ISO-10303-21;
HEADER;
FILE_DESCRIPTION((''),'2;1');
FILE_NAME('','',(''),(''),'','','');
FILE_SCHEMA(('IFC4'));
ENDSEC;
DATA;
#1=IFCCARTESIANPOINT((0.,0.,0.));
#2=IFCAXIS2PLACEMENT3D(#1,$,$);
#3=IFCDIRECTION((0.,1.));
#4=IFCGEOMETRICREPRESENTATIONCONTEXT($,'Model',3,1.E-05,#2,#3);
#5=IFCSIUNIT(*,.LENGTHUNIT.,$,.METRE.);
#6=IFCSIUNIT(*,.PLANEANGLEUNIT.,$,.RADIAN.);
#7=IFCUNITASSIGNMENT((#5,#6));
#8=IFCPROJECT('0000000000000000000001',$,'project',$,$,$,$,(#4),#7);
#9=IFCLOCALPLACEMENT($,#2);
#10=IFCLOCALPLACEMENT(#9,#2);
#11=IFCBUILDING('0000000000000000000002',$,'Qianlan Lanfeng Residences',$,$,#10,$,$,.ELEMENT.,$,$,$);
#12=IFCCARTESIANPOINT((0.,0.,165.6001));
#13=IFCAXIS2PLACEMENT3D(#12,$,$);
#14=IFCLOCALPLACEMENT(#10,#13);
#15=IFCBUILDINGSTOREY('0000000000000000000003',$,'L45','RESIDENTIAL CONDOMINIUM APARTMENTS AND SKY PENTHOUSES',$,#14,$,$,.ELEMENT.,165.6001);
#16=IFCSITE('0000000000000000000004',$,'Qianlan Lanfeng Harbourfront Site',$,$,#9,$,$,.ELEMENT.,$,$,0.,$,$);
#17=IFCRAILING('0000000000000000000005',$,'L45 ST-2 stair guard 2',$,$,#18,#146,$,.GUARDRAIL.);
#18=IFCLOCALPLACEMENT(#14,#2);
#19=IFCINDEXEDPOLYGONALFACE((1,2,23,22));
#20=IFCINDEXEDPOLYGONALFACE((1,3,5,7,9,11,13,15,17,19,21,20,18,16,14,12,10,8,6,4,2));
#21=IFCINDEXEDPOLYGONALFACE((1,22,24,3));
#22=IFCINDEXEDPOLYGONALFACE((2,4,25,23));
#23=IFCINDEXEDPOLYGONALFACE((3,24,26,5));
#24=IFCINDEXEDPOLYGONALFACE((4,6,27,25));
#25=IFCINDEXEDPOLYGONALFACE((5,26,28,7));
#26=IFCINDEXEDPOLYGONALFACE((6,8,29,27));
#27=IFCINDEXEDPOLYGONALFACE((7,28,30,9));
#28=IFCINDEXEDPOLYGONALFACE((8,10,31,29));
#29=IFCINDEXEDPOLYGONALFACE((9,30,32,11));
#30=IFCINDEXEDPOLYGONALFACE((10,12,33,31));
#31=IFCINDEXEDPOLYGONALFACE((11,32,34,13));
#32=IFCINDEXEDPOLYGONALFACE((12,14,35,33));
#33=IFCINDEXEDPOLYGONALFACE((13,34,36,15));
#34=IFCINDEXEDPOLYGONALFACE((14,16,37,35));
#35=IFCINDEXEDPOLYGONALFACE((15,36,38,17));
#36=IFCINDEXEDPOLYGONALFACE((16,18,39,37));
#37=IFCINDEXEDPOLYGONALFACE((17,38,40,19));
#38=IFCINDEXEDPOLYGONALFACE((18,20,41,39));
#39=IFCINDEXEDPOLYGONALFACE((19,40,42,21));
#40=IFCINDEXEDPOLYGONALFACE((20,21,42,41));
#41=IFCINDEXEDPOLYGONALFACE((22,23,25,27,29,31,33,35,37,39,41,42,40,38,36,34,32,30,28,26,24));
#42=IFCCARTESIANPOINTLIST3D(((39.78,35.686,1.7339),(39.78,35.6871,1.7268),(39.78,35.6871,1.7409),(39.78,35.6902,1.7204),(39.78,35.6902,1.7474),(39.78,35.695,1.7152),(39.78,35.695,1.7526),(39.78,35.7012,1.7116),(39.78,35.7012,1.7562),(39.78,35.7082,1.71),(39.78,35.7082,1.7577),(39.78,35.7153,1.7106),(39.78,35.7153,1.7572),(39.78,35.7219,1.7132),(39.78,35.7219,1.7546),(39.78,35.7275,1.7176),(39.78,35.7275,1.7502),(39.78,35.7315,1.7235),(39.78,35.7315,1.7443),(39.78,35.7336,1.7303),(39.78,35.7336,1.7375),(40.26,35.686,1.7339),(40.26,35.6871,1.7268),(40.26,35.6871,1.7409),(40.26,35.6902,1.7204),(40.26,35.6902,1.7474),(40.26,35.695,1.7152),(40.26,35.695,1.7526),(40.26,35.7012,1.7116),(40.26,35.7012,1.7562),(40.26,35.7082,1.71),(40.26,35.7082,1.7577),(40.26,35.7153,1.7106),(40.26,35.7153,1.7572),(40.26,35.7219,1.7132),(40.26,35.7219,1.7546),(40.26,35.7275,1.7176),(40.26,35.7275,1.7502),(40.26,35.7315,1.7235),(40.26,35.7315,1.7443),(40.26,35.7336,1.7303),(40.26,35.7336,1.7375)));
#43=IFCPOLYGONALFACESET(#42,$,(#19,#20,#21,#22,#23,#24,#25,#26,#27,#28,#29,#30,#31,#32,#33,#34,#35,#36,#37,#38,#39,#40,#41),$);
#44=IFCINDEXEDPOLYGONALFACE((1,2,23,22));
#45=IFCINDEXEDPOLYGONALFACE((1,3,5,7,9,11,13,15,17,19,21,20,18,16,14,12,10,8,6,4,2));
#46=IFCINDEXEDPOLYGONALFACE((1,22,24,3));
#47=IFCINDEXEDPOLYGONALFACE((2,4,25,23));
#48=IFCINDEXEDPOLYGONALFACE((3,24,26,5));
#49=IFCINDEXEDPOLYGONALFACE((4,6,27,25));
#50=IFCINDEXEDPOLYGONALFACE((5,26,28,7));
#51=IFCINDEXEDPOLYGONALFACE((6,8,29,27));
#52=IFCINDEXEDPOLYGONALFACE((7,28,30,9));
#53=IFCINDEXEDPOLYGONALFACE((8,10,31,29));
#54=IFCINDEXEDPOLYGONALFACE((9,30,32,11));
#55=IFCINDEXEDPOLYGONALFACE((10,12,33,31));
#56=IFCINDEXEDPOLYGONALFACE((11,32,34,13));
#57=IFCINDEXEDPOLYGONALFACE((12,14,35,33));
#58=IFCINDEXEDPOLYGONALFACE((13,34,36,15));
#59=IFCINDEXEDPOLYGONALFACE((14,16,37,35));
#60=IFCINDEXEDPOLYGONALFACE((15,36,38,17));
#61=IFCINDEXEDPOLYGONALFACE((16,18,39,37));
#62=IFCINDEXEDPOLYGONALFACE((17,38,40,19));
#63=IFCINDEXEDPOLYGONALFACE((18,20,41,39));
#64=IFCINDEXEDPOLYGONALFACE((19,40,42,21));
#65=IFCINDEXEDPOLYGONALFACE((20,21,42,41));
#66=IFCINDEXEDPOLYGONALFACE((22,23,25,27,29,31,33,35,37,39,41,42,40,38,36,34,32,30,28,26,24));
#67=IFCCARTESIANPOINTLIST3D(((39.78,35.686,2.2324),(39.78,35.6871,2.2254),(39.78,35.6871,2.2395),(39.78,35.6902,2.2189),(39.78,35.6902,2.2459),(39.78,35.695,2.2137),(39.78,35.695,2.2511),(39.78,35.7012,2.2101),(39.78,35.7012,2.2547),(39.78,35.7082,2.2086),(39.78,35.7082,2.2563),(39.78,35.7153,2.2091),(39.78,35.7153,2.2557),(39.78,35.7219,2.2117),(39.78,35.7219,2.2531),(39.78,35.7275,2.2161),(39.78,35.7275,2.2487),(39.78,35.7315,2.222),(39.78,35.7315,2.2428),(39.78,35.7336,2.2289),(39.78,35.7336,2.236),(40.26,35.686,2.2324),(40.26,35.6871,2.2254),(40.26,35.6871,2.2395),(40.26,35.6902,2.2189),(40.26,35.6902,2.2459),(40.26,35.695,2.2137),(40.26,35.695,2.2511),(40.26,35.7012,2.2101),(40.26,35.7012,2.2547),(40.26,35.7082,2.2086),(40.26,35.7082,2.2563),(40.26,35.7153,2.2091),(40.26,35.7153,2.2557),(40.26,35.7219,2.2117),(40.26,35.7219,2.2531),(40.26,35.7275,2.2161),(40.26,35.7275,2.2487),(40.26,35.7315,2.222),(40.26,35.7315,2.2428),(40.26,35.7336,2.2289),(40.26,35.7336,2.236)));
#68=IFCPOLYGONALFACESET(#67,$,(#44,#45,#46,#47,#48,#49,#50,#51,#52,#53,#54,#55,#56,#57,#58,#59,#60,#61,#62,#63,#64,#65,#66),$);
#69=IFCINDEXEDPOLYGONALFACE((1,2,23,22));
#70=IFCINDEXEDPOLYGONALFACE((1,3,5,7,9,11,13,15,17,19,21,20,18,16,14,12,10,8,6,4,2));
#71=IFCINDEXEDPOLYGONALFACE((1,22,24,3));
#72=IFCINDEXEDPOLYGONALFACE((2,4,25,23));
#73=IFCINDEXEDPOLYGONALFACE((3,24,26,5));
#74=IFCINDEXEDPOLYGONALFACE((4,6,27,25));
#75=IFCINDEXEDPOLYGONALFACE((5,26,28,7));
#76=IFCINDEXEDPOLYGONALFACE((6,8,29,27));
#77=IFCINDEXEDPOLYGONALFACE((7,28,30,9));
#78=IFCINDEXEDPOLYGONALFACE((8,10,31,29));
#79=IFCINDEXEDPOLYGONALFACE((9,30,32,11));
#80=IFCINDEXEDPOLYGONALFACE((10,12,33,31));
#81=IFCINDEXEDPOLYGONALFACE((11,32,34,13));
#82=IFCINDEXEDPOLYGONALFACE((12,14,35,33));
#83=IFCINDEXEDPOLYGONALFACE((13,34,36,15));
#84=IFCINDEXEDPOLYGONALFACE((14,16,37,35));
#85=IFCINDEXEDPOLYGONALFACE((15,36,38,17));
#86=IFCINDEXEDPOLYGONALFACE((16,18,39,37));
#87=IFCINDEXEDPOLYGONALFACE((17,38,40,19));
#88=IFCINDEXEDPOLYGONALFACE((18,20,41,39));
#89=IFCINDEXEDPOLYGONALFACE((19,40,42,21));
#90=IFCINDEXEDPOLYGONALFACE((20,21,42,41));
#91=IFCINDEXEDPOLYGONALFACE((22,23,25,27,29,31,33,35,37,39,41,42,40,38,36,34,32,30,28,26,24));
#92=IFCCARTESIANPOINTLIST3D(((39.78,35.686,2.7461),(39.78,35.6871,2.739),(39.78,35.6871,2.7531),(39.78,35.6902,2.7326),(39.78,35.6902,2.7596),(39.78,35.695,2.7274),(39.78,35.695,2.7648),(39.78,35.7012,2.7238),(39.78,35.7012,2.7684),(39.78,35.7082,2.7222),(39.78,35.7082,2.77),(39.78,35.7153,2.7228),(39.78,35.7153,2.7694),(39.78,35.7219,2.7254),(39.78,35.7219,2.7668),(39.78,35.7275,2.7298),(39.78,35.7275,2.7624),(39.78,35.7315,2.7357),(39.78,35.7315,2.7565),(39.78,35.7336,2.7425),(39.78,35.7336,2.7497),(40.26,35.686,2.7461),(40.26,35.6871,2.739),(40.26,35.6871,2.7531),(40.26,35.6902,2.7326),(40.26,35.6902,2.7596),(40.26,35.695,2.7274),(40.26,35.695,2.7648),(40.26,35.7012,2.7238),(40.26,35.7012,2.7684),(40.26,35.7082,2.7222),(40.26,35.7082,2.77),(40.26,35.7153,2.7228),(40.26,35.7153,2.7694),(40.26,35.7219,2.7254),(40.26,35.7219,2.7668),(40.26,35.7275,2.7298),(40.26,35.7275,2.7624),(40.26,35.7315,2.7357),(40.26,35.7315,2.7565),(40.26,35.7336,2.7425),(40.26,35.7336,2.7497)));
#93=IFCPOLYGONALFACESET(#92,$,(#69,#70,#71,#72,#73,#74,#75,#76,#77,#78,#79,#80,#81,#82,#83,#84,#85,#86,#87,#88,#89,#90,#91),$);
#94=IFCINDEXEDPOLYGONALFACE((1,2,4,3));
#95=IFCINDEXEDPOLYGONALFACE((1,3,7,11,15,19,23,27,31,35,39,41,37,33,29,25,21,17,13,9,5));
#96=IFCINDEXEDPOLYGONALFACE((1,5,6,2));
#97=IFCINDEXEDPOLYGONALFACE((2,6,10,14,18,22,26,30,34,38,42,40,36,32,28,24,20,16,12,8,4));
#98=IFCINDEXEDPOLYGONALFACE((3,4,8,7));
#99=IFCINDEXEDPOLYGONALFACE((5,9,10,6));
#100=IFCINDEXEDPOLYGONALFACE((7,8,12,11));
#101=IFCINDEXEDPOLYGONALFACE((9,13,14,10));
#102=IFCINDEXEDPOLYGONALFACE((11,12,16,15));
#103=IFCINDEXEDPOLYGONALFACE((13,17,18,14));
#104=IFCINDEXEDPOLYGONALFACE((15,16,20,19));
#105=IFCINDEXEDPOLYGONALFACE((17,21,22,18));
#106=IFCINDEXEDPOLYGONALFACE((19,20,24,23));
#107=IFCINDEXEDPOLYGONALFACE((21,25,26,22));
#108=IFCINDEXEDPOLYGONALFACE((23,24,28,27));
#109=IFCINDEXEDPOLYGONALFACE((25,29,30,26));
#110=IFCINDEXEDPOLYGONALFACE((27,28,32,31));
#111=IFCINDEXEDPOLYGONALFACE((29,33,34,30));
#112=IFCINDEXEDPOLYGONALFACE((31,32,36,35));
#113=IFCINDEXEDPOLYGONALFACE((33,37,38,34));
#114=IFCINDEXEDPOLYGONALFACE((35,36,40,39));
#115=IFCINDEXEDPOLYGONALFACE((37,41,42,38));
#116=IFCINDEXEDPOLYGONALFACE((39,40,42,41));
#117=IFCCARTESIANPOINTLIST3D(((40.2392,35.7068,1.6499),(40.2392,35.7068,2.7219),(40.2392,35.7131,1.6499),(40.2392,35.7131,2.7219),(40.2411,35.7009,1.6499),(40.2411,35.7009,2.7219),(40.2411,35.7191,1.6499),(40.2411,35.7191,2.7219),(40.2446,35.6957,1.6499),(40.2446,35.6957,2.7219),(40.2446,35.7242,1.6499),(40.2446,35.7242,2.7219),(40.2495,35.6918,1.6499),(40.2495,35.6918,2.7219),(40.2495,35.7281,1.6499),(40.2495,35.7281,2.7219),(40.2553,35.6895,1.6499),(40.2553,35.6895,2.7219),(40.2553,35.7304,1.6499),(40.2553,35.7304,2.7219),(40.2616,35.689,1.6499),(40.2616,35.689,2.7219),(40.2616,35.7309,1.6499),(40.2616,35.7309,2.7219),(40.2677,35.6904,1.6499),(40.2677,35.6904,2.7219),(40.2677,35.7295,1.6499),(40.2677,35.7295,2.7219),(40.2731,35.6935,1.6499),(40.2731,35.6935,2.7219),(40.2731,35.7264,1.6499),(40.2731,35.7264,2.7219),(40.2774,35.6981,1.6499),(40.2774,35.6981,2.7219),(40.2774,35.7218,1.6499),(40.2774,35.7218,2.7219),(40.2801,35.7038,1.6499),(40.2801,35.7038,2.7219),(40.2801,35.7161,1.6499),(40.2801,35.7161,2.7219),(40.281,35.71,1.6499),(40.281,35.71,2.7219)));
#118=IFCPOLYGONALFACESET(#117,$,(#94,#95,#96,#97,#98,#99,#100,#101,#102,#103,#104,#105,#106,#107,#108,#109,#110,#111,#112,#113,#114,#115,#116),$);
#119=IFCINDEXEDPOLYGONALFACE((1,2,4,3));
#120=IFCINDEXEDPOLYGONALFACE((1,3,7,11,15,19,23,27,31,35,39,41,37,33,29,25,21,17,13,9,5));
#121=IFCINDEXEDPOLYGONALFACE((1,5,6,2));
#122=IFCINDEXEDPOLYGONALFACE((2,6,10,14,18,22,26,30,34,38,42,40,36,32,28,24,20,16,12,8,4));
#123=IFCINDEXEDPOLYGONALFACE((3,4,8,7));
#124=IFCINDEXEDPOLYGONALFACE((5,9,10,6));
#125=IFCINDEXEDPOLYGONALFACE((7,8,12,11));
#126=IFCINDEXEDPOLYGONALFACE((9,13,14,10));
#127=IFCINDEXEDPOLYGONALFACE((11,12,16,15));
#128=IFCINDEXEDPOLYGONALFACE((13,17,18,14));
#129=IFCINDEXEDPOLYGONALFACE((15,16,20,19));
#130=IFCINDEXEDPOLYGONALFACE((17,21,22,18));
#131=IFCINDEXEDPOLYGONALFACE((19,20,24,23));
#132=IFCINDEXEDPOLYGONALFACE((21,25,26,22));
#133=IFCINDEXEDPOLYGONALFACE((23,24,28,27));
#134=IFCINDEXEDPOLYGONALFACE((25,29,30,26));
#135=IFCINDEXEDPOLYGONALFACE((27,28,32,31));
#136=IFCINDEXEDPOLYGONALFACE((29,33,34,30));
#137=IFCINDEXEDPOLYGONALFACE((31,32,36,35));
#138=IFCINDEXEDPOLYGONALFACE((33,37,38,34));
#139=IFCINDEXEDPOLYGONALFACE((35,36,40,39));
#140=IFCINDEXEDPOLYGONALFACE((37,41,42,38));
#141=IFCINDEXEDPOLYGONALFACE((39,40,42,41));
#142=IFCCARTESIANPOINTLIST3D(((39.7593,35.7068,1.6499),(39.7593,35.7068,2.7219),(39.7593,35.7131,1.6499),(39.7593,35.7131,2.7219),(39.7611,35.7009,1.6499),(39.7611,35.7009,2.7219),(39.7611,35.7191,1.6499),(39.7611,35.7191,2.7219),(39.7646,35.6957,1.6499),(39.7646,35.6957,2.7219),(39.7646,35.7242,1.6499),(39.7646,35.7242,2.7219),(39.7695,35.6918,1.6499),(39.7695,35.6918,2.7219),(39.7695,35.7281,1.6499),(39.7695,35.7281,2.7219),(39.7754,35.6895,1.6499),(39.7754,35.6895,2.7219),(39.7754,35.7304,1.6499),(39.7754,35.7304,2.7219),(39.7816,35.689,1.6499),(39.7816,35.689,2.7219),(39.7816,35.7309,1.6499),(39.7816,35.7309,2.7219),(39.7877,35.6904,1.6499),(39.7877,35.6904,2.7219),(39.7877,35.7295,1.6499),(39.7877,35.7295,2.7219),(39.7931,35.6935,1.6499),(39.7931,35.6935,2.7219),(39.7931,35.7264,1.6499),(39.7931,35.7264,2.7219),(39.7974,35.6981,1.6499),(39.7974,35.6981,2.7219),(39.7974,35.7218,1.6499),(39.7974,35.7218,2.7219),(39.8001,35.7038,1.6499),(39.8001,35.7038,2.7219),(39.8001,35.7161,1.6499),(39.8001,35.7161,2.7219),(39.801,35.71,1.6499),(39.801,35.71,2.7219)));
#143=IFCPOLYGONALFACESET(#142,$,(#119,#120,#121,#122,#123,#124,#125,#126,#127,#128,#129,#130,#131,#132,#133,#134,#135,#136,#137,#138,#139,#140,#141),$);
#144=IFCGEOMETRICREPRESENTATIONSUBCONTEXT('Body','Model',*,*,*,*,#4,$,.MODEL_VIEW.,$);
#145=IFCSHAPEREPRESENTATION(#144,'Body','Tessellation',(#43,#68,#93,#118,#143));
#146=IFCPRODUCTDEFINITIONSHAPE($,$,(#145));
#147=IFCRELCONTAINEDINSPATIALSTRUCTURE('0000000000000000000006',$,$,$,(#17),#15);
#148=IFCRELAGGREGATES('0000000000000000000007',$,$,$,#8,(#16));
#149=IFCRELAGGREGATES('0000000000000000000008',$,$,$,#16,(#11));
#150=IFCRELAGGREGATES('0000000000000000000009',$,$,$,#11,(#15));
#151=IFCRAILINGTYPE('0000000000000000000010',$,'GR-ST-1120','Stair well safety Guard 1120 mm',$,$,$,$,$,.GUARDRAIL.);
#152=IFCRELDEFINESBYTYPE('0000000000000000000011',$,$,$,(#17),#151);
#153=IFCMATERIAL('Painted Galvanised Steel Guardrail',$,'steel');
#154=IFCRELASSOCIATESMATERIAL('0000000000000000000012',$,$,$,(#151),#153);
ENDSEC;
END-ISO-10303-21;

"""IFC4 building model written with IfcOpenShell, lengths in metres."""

from ifc_helpers import new_model, si_unit, direction, frame, origin, origin_2d, place, context, subcontext, project, spatial, circle, extrude, material, type_object, element, save


model = new_model("IFC4")

# Units and contexts
model_context = context("Model", 3, precision=1e-05, world=origin(), true_north=direction((0.0, 1.0)))
body_context = subcontext(model_context, "Body", "Model", "MODEL_VIEW")
ifc_project = project(units=[si_unit("LENGTHUNIT", "METRE"), si_unit("PLANEANGLEUNIT", "RADIAN")], contexts=[model_context])

# Site, building, storey
site_placement = place(None, origin())
site = spatial("IfcSite", under=ifc_project, at=site_placement, Name="Qianlan Lanfeng Harbourfront Site", CompositionType="ELEMENT", RefElevation=0.0)
building_placement = place(site_placement, origin())
building = spatial("IfcBuilding", under=site, at=building_placement, Name="Qianlan Lanfeng Residences", CompositionType="ELEMENT")
storey_placement = place(building_placement, frame((0.0, 0.0, 165.6001)))
storey = spatial("IfcBuildingStorey", under=building, at=storey_placement, Name="L45", Description="RESIDENTIAL CONDOMINIUM APARTMENTS AND SKY PENTHOUSES", CompositionType="ELEMENT", Elevation=165.6001)

# Railing
ifc_material_1 = material(Name="Painted Galvanised Steel Guardrail", Category="steel")
railing_type_1 = type_object("IfcRailingType", Name="GR-ST-1120", Description="Stair well safety Guard 1120 mm", PredefinedType="GUARDRAIL", material=ifc_material_1)
railing_1_placement = place(storey_placement, frame((40.26, 35.71, 1.6499)))
element("IfcRailing", 1, at=railing_1_placement, inside=storey, type_object=railing_type_1, Name="L45 ST-2 stair guard 2", PredefinedType="GUARDRAIL", context=body_context, shape_type="SweptSolid", body=[
    extrude(circle(Radius=0.0239, at=origin_2d()), frame((0.0, 0.0, 0.084), z_axis=(-1.0, 0.0, 0.0), x_axis=(0.0, -1.0, 0.0)), (0.0, 0.0, 1.0), 0.48),
    extrude(circle(Radius=0.0239, at=origin_2d()), frame((0.0, 0.0, 0.5825), z_axis=(-1.0, 0.0, 0.0), x_axis=(0.0, -1.0, 0.0)), (0.0, 0.0, 1.0), 0.48),
    extrude(circle(Radius=0.0239, at=origin_2d()), frame((0.0, 0.0, 1.0962), z_axis=(-1.0, 0.0, 0.0), x_axis=(0.0, -1.0, 0.0)), (0.0, 0.0, 1.0), 0.48),
    extrude(circle(Radius=0.021, at=origin_2d()), origin(), (0.0, 0.0, 1.0), 1.072),
    extrude(circle(Radius=0.021, at=origin_2d()), frame((-0.48, 0.0, 0.0)), (0.0, 0.0, 1.0), 1.072),
])

save(model, "model.ifc")
